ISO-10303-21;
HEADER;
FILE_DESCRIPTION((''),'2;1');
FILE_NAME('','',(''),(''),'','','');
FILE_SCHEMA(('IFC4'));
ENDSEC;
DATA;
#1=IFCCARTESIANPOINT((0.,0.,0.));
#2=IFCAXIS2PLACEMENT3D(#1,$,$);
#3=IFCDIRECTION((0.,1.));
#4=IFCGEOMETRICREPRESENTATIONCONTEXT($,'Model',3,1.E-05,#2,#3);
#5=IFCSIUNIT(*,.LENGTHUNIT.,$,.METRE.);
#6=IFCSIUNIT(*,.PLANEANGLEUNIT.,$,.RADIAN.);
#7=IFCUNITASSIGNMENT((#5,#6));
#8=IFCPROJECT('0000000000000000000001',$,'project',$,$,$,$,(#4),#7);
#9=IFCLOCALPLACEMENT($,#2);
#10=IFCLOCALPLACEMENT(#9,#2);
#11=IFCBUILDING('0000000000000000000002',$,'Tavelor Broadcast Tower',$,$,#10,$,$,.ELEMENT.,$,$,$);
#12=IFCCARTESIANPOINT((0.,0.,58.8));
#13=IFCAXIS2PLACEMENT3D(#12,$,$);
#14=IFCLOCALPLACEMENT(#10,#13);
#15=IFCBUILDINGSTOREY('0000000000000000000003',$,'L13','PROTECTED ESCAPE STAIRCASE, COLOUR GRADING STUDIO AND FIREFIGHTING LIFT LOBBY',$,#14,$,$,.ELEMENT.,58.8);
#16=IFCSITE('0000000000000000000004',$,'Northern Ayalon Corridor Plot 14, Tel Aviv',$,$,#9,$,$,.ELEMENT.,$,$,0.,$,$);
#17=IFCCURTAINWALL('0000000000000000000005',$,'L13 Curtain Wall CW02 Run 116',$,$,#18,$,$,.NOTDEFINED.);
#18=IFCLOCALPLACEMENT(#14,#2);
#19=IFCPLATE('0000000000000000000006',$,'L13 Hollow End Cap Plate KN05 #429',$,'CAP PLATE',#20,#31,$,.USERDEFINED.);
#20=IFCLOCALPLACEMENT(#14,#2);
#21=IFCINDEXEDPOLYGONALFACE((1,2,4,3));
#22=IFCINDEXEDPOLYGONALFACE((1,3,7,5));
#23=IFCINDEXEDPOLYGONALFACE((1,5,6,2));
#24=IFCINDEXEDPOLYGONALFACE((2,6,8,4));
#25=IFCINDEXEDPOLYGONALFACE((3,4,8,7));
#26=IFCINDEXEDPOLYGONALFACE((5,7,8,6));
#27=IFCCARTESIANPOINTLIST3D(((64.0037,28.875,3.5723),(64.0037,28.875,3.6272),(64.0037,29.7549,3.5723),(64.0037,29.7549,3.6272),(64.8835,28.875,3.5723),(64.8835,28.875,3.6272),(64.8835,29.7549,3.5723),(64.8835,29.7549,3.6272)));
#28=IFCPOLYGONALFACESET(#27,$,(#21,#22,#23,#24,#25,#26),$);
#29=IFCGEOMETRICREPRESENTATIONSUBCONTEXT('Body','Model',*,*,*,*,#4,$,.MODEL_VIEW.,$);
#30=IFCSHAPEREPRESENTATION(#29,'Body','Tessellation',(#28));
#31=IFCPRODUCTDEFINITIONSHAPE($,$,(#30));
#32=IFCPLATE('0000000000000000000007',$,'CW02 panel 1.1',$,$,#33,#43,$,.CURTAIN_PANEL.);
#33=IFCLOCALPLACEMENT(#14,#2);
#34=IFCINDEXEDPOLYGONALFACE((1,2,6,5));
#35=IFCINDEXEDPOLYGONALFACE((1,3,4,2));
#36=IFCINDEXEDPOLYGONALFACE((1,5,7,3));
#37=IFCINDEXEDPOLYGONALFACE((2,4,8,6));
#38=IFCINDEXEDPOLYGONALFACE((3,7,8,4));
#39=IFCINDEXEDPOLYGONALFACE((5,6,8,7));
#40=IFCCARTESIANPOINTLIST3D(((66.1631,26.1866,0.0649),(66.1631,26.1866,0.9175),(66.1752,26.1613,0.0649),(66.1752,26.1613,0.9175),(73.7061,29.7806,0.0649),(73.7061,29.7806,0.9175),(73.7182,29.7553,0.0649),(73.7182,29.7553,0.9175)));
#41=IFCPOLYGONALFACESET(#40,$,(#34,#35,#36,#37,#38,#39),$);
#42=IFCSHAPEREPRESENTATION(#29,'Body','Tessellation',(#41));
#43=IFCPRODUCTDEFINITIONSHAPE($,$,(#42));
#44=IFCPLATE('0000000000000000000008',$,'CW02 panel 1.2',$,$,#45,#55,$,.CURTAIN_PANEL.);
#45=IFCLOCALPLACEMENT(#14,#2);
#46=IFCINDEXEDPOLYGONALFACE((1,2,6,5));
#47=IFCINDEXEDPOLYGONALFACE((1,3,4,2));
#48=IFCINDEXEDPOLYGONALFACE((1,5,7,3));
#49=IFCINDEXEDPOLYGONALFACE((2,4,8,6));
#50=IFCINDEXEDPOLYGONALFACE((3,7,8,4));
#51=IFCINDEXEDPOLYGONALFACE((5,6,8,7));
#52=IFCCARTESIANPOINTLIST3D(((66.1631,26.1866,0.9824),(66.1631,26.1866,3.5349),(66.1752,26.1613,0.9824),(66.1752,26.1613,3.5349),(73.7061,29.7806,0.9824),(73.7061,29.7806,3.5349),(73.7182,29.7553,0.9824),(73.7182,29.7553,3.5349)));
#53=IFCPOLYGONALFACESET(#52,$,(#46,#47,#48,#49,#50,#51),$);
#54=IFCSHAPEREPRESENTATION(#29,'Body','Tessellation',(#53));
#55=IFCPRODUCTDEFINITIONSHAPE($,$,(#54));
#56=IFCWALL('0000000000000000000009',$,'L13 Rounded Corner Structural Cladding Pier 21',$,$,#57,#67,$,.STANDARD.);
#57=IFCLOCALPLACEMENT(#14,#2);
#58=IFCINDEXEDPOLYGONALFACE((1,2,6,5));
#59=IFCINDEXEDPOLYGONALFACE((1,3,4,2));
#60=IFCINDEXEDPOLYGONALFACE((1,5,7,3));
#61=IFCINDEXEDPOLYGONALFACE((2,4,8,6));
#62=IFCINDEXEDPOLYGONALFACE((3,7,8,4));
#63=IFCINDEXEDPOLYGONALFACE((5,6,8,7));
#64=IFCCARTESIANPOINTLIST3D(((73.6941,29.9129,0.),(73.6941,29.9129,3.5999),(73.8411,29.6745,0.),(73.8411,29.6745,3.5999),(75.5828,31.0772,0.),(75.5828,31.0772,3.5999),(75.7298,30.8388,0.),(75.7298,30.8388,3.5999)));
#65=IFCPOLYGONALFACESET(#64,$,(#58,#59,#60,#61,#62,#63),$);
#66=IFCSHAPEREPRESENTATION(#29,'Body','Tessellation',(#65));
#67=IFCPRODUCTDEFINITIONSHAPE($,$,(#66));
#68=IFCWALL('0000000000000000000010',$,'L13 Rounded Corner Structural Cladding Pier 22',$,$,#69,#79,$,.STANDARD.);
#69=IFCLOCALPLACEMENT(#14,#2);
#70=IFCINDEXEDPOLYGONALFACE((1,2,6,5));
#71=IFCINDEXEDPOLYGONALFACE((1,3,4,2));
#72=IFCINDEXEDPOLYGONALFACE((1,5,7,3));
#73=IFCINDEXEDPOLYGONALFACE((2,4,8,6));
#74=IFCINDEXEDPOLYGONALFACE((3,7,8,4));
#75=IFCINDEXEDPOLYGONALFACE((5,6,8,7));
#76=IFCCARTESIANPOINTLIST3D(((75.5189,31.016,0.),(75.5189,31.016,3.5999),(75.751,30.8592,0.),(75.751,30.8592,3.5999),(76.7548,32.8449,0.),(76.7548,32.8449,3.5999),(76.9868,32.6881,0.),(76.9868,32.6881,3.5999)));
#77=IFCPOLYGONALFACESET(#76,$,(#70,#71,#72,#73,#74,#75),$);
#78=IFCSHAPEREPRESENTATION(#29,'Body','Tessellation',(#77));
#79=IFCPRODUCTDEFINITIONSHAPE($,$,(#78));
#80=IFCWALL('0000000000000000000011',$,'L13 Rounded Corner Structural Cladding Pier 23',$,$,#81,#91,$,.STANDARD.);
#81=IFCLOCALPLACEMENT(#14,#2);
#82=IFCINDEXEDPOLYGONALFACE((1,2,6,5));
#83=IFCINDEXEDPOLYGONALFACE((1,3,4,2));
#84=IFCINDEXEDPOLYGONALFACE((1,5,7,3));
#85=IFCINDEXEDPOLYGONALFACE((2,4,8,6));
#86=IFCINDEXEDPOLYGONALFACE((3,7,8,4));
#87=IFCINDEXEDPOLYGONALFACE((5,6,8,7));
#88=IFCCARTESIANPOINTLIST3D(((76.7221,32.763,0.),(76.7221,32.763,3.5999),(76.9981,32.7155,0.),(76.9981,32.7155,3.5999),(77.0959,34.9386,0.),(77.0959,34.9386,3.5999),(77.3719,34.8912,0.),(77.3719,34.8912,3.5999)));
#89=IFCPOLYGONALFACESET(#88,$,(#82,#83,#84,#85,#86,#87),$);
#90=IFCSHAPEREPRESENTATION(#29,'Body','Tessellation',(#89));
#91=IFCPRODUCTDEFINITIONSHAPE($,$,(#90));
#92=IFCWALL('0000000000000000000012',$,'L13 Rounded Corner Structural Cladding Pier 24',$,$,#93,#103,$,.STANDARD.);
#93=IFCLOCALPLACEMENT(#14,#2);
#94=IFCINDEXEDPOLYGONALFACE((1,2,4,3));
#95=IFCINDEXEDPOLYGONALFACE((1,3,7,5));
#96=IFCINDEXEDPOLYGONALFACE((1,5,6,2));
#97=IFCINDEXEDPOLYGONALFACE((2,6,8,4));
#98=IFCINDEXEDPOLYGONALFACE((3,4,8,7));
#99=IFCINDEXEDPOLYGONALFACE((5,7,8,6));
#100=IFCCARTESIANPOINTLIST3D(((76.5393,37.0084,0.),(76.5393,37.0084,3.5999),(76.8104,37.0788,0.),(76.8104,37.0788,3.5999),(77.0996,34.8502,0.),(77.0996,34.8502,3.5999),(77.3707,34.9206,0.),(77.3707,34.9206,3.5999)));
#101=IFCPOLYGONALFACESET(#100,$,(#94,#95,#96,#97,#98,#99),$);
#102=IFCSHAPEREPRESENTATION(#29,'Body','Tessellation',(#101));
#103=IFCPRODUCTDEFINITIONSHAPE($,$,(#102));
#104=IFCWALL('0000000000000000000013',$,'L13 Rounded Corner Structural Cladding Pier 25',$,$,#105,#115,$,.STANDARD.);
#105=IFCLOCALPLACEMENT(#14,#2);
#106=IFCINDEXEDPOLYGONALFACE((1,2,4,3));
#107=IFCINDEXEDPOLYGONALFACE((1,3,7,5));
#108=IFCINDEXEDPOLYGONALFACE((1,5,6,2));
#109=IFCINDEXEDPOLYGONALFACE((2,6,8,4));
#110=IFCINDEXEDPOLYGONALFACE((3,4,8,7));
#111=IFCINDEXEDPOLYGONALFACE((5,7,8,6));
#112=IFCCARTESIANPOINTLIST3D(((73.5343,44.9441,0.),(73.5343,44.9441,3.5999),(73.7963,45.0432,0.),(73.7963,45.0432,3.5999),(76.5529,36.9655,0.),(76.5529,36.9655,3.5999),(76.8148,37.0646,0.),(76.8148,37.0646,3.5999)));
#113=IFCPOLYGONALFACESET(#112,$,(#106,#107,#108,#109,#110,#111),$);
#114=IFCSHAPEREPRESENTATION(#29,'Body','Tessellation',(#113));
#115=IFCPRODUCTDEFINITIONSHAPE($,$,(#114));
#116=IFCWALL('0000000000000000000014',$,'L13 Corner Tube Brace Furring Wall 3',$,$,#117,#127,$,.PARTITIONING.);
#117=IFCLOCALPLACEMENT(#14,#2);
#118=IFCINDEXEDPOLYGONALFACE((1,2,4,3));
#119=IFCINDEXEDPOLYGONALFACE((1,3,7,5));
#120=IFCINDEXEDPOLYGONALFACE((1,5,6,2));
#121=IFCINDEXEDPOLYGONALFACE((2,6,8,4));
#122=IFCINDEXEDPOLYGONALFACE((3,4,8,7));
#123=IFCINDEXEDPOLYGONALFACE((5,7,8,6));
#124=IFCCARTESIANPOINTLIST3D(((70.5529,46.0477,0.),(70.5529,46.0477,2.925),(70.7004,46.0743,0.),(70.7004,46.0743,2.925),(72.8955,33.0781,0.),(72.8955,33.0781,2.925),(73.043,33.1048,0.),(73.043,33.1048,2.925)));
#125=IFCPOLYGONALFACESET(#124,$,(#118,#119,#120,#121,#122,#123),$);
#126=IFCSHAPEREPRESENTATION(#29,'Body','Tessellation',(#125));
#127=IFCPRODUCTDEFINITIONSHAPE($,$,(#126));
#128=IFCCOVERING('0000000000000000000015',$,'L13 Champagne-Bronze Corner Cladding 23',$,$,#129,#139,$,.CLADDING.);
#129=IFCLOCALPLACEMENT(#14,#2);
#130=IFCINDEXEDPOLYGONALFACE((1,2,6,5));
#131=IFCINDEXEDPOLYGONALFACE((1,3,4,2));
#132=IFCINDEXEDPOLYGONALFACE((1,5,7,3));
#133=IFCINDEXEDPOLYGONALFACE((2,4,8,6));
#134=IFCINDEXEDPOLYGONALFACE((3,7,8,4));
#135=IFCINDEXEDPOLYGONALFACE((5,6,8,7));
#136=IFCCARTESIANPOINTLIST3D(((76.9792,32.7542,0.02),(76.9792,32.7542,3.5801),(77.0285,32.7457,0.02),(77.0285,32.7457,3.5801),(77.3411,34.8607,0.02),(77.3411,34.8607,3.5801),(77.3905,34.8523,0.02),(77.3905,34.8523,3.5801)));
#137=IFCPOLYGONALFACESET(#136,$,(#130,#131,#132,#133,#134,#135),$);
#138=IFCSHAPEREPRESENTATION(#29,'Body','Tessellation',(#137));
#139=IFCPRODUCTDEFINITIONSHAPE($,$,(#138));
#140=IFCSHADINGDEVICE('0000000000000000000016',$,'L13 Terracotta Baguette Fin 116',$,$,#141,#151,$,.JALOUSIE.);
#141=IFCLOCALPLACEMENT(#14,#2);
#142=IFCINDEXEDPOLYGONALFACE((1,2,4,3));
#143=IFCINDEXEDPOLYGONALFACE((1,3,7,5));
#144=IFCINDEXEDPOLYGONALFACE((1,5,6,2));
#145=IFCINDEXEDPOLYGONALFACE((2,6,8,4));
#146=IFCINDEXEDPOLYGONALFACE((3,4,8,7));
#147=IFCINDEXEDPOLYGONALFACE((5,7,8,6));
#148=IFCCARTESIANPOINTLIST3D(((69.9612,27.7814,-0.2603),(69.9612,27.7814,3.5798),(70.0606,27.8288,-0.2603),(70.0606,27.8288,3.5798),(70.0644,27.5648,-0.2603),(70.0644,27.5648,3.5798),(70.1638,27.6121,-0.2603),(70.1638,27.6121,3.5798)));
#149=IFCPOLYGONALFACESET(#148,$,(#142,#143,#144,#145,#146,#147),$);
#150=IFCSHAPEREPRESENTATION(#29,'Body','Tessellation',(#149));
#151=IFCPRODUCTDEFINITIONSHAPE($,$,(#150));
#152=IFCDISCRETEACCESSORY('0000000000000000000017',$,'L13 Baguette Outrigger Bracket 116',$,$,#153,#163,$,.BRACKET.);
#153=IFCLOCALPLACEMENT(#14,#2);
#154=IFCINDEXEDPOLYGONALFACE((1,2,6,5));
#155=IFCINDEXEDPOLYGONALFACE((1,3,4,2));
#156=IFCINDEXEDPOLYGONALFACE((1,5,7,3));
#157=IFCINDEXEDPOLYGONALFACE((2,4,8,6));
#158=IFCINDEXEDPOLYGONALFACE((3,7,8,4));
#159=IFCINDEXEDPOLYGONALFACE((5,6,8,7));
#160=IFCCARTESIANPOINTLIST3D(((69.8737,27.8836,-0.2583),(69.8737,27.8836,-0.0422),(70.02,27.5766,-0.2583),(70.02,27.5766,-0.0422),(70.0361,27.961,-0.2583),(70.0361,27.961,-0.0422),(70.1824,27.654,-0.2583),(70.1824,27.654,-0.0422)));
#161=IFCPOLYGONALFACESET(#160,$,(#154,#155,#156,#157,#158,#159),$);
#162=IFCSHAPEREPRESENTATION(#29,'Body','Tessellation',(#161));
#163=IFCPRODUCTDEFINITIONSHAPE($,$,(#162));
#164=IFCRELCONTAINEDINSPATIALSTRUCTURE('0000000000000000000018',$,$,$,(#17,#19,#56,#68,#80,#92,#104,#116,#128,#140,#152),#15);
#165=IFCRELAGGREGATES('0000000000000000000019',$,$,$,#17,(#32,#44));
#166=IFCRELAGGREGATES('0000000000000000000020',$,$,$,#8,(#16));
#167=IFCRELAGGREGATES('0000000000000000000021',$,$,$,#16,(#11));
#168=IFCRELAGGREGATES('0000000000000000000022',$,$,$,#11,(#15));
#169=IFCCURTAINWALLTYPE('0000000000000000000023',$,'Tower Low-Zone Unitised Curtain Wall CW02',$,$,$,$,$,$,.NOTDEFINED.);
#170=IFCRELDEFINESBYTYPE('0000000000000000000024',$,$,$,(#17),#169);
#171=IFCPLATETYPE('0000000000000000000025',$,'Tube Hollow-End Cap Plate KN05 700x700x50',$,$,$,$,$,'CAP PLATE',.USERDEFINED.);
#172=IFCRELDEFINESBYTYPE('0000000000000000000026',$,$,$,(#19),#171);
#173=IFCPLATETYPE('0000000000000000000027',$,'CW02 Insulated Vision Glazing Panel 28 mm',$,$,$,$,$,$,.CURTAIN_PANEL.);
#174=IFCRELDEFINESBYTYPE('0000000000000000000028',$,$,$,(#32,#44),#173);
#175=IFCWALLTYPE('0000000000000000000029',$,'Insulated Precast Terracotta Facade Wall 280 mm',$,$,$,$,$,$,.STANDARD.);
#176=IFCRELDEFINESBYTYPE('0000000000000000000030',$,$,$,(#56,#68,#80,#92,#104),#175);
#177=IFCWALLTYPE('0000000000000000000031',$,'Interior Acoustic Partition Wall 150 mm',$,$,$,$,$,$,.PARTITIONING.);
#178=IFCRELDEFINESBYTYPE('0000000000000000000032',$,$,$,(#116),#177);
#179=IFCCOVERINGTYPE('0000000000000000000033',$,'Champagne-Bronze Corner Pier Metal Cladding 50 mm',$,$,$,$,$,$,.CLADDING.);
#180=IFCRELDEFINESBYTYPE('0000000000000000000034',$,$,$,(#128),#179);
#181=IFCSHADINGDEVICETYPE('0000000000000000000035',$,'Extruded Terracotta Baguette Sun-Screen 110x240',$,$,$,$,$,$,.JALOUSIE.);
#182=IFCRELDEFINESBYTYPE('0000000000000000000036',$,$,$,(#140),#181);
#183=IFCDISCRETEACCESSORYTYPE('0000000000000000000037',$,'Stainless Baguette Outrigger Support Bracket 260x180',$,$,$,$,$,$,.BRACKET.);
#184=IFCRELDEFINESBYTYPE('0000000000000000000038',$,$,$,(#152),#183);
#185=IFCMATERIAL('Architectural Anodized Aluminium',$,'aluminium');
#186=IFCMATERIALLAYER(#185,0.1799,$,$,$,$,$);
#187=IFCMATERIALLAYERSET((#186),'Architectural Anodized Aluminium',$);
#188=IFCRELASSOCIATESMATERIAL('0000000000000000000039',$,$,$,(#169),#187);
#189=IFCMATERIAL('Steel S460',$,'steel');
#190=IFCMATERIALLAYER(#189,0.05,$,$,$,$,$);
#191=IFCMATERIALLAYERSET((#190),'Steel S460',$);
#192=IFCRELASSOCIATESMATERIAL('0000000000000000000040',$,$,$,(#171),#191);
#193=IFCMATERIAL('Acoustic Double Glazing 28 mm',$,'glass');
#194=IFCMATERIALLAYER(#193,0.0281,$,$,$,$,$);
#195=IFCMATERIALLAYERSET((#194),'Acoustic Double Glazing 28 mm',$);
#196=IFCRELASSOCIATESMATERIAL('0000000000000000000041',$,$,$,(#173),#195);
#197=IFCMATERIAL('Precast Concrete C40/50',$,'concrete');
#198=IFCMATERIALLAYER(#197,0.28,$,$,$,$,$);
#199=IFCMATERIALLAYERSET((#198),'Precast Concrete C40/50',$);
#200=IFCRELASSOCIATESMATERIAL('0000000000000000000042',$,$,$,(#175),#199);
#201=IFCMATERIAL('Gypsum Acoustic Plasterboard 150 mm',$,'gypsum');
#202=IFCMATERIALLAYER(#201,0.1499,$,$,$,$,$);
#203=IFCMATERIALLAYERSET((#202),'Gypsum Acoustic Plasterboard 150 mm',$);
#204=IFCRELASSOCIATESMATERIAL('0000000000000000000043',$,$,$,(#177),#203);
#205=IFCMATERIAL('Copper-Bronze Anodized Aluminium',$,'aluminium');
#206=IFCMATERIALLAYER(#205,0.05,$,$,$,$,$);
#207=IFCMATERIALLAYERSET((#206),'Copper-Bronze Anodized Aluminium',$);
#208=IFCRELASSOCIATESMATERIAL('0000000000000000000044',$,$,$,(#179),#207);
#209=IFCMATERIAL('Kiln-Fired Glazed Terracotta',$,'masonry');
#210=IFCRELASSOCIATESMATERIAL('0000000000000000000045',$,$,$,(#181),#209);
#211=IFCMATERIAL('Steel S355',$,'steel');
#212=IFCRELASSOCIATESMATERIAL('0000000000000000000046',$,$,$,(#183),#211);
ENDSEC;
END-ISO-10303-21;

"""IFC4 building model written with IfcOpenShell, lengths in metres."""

from ifc_helpers import new_model, si_unit, direction, frame, frame_2d, origin, origin_2d, place, context, subcontext, project, spatial, rectangle, extrude, source, transform, mapped, material, layer, layer_set, type_object, type_shapes, element, aggregate, save


model = new_model("IFC4")

# Units and contexts
model_context = context("Model", 3, precision=1e-05, world=origin(), true_north=direction((0.0, 1.0)))
body_context = subcontext(model_context, "Body", "Model", "MODEL_VIEW")
ifc_project = project(units=[si_unit("LENGTHUNIT", "METRE"), si_unit("PLANEANGLEUNIT", "RADIAN")], contexts=[model_context])

# Site, building, storey
site_placement = place(None, origin())
site = spatial("IfcSite", under=ifc_project, at=site_placement, Name="Northern Ayalon Corridor Plot 14, Tel Aviv", CompositionType="ELEMENT", RefElevation=0.0)
building_placement = place(site_placement, origin())
building = spatial("IfcBuilding", under=site, at=building_placement, Name="Tavelor Broadcast Tower", CompositionType="ELEMENT")
storey_placement = place(building_placement, frame((0.0, 0.0, 58.8)))
storey = spatial("IfcBuildingStorey", under=building, at=storey_placement, Name="L13", Description="PROTECTED ESCAPE STAIRCASE, COLOUR GRADING STUDIO AND FIREFIGHTING LIFT LOBBY", CompositionType="ELEMENT", Elevation=58.8)

# Shared definitions
ifc_material_1 = material(Name="Steel S460", Category="steel")

# Shared definitions
ifc_material_2 = material(Name="Steel S355", Category="steel")

# Shared definitions
ifc_material_3 = material(Name="Architectural Anodized Aluminium", Category="aluminium")
ifc_layer_1 = layer(ifc_material_3, 0.1799)
ifc_layer_set_1 = layer_set([ifc_layer_1], Name="Architectural Anodized Aluminium")
curtain_wall_type = type_object("IfcCurtainWallType", Name="Tower Low-Zone Unitised Curtain Wall CW02", PredefinedType="NOTDEFINED", material=ifc_layer_set_1)

# Curtain wall
curtain_wall_1_placement = place(storey_placement, origin())
curtain_wall_1 = element("IfcCurtainWall", 1, at=curtain_wall_1_placement, inside=storey, type_object=curtain_wall_type, Name="L13 Curtain Wall CW02 Run 116", PredefinedType="NOTDEFINED")

# Plate
ifc_layer_2 = layer(ifc_material_1, 0.05)
ifc_layer_set_2 = layer_set([ifc_layer_2], Name="Steel S460")
plate_type_1 = type_object("IfcPlateType", Name="Tube Hollow-End Cap Plate KN05 700x700x50", ElementType="CAP PLATE", PredefinedType="USERDEFINED", material=ifc_layer_set_2)
shared_shape_1 = source(origin(), body_context, "Body", "SweptSolid", [
    extrude(rectangle(XDim=0.8799, YDim=0.8799, at=origin_2d()), origin(), (0.0, 0.0, 1.0), 0.0549),
])
plate_1_placement = place(storey_placement, frame((64.4436, 29.3149, 3.5723), z_axis=(0.0, 0.0, 1.0), x_axis=(1.0, 0.0, 0.0)))
element("IfcPlate", 2, at=plate_1_placement, inside=storey, type_object=plate_type_1, Name="L13 Hollow End Cap Plate KN05 #429", ObjectType="CAP PLATE", PredefinedType="USERDEFINED", context=body_context, shape_type="MappedRepresentation", body=[
    mapped(shared_shape_1, transform((0.0, 0.0, 0.0), scale=1.0)),
])

# Plates
ifc_material_4 = material(Name="Acoustic Double Glazing 28 mm", Category="glass")
ifc_layer_3 = layer(ifc_material_4, 0.0281)
ifc_layer_set_3 = layer_set([ifc_layer_3], Name="Acoustic Double Glazing 28 mm")
plate_type_2 = type_object("IfcPlateType", Name="CW02 Insulated Vision Glazing Panel 28 mm", PredefinedType="CURTAIN_PANEL", material=ifc_layer_set_3)
shared_shape_2 = source(origin(), body_context, "Body", "SweptSolid", [
    extrude(rectangle(XDim=8.3555, YDim=0.0281, at=origin_2d()), origin(), (0.0, 0.0, 1.0), 0.8525),
])
plate_2_placement = place(storey_placement, frame((69.9407, 27.9709, 0.0649), z_axis=(0.0, 0.0, 1.0), x_axis=(0.902765, 0.430134, 0.0)))
plate_2 = element("IfcPlate", 3, at=plate_2_placement, type_object=plate_type_2, Name="CW02 panel 1.1", PredefinedType="CURTAIN_PANEL", context=body_context, shape_type="MappedRepresentation", body=[
    mapped(shared_shape_2, transform((0.0, 0.0, 0.0), scale=1.0)),
])
shared_shape_3 = source(origin(), body_context, "Body", "SweptSolid", [
    extrude(rectangle(XDim=8.3555, YDim=0.0281, at=origin_2d()), origin(), (0.0, 0.0, 1.0), 2.5525),
])
type_shapes(plate_type_2, [shared_shape_2, shared_shape_3])
plate_3_placement = place(storey_placement, frame((69.9407, 27.9709, 0.9824), z_axis=(0.0, 0.0, 1.0), x_axis=(0.902765, 0.430134, 0.0)))
plate_3 = element("IfcPlate", 4, at=plate_3_placement, type_object=plate_type_2, Name="CW02 panel 1.2", PredefinedType="CURTAIN_PANEL", context=body_context, shape_type="MappedRepresentation", body=[
    mapped(shared_shape_3, transform((0.0, 0.0, 0.0), scale=1.0)),
])
aggregate(curtain_wall_1, [plate_2, plate_3])

# Walls
ifc_material_5 = material(Name="Precast Concrete C40/50", Category="concrete")
ifc_layer_4 = layer(ifc_material_5, 0.28)
ifc_layer_set_4 = layer_set([ifc_layer_4], Name="Precast Concrete C40/50")
wall_type_1 = type_object("IfcWallType", Name="Insulated Precast Terracotta Facade Wall 280 mm", PredefinedType="STANDARD", material=ifc_layer_set_4)
wall_1_placement = place(storey_placement, frame((73.7676, 29.7937, 0.0), z_axis=(0.0, 0.0, 1.0), x_axis=(0.851246, 0.524766, 0.0)))
element("IfcWall", 5, at=wall_1_placement, inside=storey, type_object=wall_type_1, Name="L13 Rounded Corner Structural Cladding Pier 21", PredefinedType="STANDARD", context=body_context, shape_type="SweptSolid", body=[
    extrude(rectangle(XDim=2.2188, YDim=0.28, at=frame_2d((1.1094, 0.0))), origin(), (0.0, 0.0, 1.0), 3.5999),
])
wall_2_placement = place(storey_placement, frame((75.635, 30.9377, 0.0), z_axis=(0.0, 0.0, 1.0), x_axis=(0.559896, 0.828563, 0.0)))
element("IfcWall", 6, at=wall_2_placement, inside=storey, type_object=wall_type_1, Name="L13 Rounded Corner Structural Cladding Pier 22", PredefinedType="STANDARD", context=body_context, shape_type="SweptSolid", body=[
    extrude(rectangle(XDim=2.2073, YDim=0.28, at=frame_2d((1.1035, 0.0))), origin(), (0.0, 0.0, 1.0), 3.5999),
])
wall_3_placement = place(storey_placement, frame((76.8601, 32.7393, 0.0), z_axis=(0.0, 0.0, 1.0), x_axis=(0.169329, 0.98556, 0.0)))
element("IfcWall", 7, at=wall_3_placement, inside=storey, type_object=wall_type_1, Name="L13 Rounded Corner Structural Cladding Pier 23", PredefinedType="STANDARD", context=body_context, shape_type="SweptSolid", body=[
    extrude(rectangle(XDim=2.2075, YDim=0.28, at=frame_2d((1.1038, 0.0))), origin(), (0.0, 0.0, 1.0), 3.5999),
])
wall_4_placement = place(storey_placement, frame((77.2351, 34.8855, 0.0), z_axis=(0.0, 0.0, 1.0), x_axis=(-0.251285, 0.967913, 0.0)))
element("IfcWall", 8, at=wall_4_placement, inside=storey, type_object=wall_type_1, Name="L13 Rounded Corner Structural Cladding Pier 24", PredefinedType="STANDARD", context=body_context, shape_type="SweptSolid", body=[
    extrude(rectangle(XDim=2.2297, YDim=0.28, at=frame_2d((1.1147, 0.0))), origin(), (0.0, 0.0, 1.0), 3.5999),
])
wall_5_placement = place(storey_placement, frame((76.6838, 37.0151, 0.0), z_axis=(0.0, 0.0, 1.0), x_axis=(-0.353857, 0.9353, 0.0)))
element("IfcWall", 9, at=wall_5_placement, inside=storey, type_object=wall_type_1, Name="L13 Rounded Corner Structural Cladding Pier 25", PredefinedType="STANDARD", context=body_context, shape_type="SweptSolid", body=[
    extrude(rectangle(XDim=8.5305, YDim=0.28, at=frame_2d((4.2651, 0.0))), origin(), (0.0, 0.0, 1.0), 3.5999),
])
ifc_material_6 = material(Name="Gypsum Acoustic Plasterboard 150 mm", Category="gypsum")
ifc_layer_5 = layer(ifc_material_6, 0.1499)
ifc_layer_set_5 = layer_set([ifc_layer_5], Name="Gypsum Acoustic Plasterboard 150 mm")
wall_type_2 = type_object("IfcWallType", Name="Interior Acoustic Partition Wall 150 mm", PredefinedType="PARTITIONING", material=ifc_layer_set_5)
wall_6_placement = place(storey_placement, frame((72.9692, 33.0913, 0.0), z_axis=(0.0, 0.0, 1.0), x_axis=(-0.177743, 0.984077, 0.0)))
element("IfcWall", 10, at=wall_6_placement, inside=storey, type_object=wall_type_2, Name="L13 Corner Tube Brace Furring Wall 3", PredefinedType="PARTITIONING", context=body_context, shape_type="SweptSolid", body=[
    extrude(rectangle(XDim=13.1794, YDim=0.1499, at=frame_2d((6.5898, 0.0))), origin(), (0.0, 0.0, 1.0), 2.925),
])

# Covering
ifc_material_7 = material(Name="Copper-Bronze Anodized Aluminium", Category="aluminium")
ifc_layer_6 = layer(ifc_material_7, 0.05)
ifc_layer_set_6 = layer_set([ifc_layer_6], Name="Copper-Bronze Anodized Aluminium")
covering_type = type_object("IfcCoveringType", Name="Champagne-Bronze Corner Pier Metal Cladding 50 mm", PredefinedType="CLADDING", material=ifc_layer_set_6)
covering_placement = place(storey_placement, frame((77.1848, 33.8032, 0.02), z_axis=(0.0, 0.0, 1.0), x_axis=(0.16935, 0.985556, 0.0)))
element("IfcCovering", 11, at=covering_placement, inside=storey, type_object=covering_type, Name="L13 Champagne-Bronze Corner Cladding 23", PredefinedType="CLADDING", context=body_context, shape_type="SweptSolid", body=[
    extrude(rectangle(XDim=2.1375, YDim=0.05, at=origin_2d()), origin(), (0.0, 0.0, 1.0), 3.5601),
])

# Shading device
ifc_material_8 = material(Name="Kiln-Fired Glazed Terracotta", Category="masonry")
shading_device_type = type_object("IfcShadingDeviceType", Name="Extruded Terracotta Baguette Sun-Screen 110x240", PredefinedType="JALOUSIE", material=ifc_material_8)
shared_shape_4 = source(origin(), body_context, "Body", "SweptSolid", [
    extrude(rectangle(XDim=0.1101, YDim=0.24, at=origin_2d()), origin(), (0.0, 0.0, 1.0), 3.8401),
])
type_shapes(shading_device_type, [shared_shape_4])
shading_device_placement = place(storey_placement, frame((70.0625, 27.6968, -0.2603), z_axis=(0.0, 0.0, 1.0), x_axis=(0.902736, 0.430196, 0.0)))
element("IfcShadingDevice", 12, at=shading_device_placement, inside=storey, type_object=shading_device_type, Name="L13 Terracotta Baguette Fin 116", PredefinedType="JALOUSIE", context=body_context, shape_type="MappedRepresentation", body=[
    mapped(shared_shape_4, transform((0.0, 0.0, 0.0), scale=1.0)),
])

# Discrete accessory
discrete_accessory_type = type_object("IfcDiscreteAccessoryType", Name="Stainless Baguette Outrigger Support Bracket 260x180", PredefinedType="BRACKET", material=ifc_material_2)
shared_shape_5 = source(origin(), body_context, "Body", "SweptSolid", [
    extrude(rectangle(XDim=0.1799, YDim=0.3401, at=origin_2d()), origin(), (0.0, 0.0, 1.0), 0.2161),
])
type_shapes(discrete_accessory_type, [shared_shape_5])
discrete_accessory_placement = place(storey_placement, frame((70.0281, 27.7688, -0.2583), z_axis=(0.0, 0.0, 1.0), x_axis=(0.902736, 0.430196, 0.0)))
element("IfcDiscreteAccessory", 13, at=discrete_accessory_placement, inside=storey, type_object=discrete_accessory_type, Name="L13 Baguette Outrigger Bracket 116", PredefinedType="BRACKET", context=body_context, shape_type="MappedRepresentation", body=[
    mapped(shared_shape_5, transform((0.0, 0.0, 0.0), scale=1.0)),
])

save(model, "model.ifc")
